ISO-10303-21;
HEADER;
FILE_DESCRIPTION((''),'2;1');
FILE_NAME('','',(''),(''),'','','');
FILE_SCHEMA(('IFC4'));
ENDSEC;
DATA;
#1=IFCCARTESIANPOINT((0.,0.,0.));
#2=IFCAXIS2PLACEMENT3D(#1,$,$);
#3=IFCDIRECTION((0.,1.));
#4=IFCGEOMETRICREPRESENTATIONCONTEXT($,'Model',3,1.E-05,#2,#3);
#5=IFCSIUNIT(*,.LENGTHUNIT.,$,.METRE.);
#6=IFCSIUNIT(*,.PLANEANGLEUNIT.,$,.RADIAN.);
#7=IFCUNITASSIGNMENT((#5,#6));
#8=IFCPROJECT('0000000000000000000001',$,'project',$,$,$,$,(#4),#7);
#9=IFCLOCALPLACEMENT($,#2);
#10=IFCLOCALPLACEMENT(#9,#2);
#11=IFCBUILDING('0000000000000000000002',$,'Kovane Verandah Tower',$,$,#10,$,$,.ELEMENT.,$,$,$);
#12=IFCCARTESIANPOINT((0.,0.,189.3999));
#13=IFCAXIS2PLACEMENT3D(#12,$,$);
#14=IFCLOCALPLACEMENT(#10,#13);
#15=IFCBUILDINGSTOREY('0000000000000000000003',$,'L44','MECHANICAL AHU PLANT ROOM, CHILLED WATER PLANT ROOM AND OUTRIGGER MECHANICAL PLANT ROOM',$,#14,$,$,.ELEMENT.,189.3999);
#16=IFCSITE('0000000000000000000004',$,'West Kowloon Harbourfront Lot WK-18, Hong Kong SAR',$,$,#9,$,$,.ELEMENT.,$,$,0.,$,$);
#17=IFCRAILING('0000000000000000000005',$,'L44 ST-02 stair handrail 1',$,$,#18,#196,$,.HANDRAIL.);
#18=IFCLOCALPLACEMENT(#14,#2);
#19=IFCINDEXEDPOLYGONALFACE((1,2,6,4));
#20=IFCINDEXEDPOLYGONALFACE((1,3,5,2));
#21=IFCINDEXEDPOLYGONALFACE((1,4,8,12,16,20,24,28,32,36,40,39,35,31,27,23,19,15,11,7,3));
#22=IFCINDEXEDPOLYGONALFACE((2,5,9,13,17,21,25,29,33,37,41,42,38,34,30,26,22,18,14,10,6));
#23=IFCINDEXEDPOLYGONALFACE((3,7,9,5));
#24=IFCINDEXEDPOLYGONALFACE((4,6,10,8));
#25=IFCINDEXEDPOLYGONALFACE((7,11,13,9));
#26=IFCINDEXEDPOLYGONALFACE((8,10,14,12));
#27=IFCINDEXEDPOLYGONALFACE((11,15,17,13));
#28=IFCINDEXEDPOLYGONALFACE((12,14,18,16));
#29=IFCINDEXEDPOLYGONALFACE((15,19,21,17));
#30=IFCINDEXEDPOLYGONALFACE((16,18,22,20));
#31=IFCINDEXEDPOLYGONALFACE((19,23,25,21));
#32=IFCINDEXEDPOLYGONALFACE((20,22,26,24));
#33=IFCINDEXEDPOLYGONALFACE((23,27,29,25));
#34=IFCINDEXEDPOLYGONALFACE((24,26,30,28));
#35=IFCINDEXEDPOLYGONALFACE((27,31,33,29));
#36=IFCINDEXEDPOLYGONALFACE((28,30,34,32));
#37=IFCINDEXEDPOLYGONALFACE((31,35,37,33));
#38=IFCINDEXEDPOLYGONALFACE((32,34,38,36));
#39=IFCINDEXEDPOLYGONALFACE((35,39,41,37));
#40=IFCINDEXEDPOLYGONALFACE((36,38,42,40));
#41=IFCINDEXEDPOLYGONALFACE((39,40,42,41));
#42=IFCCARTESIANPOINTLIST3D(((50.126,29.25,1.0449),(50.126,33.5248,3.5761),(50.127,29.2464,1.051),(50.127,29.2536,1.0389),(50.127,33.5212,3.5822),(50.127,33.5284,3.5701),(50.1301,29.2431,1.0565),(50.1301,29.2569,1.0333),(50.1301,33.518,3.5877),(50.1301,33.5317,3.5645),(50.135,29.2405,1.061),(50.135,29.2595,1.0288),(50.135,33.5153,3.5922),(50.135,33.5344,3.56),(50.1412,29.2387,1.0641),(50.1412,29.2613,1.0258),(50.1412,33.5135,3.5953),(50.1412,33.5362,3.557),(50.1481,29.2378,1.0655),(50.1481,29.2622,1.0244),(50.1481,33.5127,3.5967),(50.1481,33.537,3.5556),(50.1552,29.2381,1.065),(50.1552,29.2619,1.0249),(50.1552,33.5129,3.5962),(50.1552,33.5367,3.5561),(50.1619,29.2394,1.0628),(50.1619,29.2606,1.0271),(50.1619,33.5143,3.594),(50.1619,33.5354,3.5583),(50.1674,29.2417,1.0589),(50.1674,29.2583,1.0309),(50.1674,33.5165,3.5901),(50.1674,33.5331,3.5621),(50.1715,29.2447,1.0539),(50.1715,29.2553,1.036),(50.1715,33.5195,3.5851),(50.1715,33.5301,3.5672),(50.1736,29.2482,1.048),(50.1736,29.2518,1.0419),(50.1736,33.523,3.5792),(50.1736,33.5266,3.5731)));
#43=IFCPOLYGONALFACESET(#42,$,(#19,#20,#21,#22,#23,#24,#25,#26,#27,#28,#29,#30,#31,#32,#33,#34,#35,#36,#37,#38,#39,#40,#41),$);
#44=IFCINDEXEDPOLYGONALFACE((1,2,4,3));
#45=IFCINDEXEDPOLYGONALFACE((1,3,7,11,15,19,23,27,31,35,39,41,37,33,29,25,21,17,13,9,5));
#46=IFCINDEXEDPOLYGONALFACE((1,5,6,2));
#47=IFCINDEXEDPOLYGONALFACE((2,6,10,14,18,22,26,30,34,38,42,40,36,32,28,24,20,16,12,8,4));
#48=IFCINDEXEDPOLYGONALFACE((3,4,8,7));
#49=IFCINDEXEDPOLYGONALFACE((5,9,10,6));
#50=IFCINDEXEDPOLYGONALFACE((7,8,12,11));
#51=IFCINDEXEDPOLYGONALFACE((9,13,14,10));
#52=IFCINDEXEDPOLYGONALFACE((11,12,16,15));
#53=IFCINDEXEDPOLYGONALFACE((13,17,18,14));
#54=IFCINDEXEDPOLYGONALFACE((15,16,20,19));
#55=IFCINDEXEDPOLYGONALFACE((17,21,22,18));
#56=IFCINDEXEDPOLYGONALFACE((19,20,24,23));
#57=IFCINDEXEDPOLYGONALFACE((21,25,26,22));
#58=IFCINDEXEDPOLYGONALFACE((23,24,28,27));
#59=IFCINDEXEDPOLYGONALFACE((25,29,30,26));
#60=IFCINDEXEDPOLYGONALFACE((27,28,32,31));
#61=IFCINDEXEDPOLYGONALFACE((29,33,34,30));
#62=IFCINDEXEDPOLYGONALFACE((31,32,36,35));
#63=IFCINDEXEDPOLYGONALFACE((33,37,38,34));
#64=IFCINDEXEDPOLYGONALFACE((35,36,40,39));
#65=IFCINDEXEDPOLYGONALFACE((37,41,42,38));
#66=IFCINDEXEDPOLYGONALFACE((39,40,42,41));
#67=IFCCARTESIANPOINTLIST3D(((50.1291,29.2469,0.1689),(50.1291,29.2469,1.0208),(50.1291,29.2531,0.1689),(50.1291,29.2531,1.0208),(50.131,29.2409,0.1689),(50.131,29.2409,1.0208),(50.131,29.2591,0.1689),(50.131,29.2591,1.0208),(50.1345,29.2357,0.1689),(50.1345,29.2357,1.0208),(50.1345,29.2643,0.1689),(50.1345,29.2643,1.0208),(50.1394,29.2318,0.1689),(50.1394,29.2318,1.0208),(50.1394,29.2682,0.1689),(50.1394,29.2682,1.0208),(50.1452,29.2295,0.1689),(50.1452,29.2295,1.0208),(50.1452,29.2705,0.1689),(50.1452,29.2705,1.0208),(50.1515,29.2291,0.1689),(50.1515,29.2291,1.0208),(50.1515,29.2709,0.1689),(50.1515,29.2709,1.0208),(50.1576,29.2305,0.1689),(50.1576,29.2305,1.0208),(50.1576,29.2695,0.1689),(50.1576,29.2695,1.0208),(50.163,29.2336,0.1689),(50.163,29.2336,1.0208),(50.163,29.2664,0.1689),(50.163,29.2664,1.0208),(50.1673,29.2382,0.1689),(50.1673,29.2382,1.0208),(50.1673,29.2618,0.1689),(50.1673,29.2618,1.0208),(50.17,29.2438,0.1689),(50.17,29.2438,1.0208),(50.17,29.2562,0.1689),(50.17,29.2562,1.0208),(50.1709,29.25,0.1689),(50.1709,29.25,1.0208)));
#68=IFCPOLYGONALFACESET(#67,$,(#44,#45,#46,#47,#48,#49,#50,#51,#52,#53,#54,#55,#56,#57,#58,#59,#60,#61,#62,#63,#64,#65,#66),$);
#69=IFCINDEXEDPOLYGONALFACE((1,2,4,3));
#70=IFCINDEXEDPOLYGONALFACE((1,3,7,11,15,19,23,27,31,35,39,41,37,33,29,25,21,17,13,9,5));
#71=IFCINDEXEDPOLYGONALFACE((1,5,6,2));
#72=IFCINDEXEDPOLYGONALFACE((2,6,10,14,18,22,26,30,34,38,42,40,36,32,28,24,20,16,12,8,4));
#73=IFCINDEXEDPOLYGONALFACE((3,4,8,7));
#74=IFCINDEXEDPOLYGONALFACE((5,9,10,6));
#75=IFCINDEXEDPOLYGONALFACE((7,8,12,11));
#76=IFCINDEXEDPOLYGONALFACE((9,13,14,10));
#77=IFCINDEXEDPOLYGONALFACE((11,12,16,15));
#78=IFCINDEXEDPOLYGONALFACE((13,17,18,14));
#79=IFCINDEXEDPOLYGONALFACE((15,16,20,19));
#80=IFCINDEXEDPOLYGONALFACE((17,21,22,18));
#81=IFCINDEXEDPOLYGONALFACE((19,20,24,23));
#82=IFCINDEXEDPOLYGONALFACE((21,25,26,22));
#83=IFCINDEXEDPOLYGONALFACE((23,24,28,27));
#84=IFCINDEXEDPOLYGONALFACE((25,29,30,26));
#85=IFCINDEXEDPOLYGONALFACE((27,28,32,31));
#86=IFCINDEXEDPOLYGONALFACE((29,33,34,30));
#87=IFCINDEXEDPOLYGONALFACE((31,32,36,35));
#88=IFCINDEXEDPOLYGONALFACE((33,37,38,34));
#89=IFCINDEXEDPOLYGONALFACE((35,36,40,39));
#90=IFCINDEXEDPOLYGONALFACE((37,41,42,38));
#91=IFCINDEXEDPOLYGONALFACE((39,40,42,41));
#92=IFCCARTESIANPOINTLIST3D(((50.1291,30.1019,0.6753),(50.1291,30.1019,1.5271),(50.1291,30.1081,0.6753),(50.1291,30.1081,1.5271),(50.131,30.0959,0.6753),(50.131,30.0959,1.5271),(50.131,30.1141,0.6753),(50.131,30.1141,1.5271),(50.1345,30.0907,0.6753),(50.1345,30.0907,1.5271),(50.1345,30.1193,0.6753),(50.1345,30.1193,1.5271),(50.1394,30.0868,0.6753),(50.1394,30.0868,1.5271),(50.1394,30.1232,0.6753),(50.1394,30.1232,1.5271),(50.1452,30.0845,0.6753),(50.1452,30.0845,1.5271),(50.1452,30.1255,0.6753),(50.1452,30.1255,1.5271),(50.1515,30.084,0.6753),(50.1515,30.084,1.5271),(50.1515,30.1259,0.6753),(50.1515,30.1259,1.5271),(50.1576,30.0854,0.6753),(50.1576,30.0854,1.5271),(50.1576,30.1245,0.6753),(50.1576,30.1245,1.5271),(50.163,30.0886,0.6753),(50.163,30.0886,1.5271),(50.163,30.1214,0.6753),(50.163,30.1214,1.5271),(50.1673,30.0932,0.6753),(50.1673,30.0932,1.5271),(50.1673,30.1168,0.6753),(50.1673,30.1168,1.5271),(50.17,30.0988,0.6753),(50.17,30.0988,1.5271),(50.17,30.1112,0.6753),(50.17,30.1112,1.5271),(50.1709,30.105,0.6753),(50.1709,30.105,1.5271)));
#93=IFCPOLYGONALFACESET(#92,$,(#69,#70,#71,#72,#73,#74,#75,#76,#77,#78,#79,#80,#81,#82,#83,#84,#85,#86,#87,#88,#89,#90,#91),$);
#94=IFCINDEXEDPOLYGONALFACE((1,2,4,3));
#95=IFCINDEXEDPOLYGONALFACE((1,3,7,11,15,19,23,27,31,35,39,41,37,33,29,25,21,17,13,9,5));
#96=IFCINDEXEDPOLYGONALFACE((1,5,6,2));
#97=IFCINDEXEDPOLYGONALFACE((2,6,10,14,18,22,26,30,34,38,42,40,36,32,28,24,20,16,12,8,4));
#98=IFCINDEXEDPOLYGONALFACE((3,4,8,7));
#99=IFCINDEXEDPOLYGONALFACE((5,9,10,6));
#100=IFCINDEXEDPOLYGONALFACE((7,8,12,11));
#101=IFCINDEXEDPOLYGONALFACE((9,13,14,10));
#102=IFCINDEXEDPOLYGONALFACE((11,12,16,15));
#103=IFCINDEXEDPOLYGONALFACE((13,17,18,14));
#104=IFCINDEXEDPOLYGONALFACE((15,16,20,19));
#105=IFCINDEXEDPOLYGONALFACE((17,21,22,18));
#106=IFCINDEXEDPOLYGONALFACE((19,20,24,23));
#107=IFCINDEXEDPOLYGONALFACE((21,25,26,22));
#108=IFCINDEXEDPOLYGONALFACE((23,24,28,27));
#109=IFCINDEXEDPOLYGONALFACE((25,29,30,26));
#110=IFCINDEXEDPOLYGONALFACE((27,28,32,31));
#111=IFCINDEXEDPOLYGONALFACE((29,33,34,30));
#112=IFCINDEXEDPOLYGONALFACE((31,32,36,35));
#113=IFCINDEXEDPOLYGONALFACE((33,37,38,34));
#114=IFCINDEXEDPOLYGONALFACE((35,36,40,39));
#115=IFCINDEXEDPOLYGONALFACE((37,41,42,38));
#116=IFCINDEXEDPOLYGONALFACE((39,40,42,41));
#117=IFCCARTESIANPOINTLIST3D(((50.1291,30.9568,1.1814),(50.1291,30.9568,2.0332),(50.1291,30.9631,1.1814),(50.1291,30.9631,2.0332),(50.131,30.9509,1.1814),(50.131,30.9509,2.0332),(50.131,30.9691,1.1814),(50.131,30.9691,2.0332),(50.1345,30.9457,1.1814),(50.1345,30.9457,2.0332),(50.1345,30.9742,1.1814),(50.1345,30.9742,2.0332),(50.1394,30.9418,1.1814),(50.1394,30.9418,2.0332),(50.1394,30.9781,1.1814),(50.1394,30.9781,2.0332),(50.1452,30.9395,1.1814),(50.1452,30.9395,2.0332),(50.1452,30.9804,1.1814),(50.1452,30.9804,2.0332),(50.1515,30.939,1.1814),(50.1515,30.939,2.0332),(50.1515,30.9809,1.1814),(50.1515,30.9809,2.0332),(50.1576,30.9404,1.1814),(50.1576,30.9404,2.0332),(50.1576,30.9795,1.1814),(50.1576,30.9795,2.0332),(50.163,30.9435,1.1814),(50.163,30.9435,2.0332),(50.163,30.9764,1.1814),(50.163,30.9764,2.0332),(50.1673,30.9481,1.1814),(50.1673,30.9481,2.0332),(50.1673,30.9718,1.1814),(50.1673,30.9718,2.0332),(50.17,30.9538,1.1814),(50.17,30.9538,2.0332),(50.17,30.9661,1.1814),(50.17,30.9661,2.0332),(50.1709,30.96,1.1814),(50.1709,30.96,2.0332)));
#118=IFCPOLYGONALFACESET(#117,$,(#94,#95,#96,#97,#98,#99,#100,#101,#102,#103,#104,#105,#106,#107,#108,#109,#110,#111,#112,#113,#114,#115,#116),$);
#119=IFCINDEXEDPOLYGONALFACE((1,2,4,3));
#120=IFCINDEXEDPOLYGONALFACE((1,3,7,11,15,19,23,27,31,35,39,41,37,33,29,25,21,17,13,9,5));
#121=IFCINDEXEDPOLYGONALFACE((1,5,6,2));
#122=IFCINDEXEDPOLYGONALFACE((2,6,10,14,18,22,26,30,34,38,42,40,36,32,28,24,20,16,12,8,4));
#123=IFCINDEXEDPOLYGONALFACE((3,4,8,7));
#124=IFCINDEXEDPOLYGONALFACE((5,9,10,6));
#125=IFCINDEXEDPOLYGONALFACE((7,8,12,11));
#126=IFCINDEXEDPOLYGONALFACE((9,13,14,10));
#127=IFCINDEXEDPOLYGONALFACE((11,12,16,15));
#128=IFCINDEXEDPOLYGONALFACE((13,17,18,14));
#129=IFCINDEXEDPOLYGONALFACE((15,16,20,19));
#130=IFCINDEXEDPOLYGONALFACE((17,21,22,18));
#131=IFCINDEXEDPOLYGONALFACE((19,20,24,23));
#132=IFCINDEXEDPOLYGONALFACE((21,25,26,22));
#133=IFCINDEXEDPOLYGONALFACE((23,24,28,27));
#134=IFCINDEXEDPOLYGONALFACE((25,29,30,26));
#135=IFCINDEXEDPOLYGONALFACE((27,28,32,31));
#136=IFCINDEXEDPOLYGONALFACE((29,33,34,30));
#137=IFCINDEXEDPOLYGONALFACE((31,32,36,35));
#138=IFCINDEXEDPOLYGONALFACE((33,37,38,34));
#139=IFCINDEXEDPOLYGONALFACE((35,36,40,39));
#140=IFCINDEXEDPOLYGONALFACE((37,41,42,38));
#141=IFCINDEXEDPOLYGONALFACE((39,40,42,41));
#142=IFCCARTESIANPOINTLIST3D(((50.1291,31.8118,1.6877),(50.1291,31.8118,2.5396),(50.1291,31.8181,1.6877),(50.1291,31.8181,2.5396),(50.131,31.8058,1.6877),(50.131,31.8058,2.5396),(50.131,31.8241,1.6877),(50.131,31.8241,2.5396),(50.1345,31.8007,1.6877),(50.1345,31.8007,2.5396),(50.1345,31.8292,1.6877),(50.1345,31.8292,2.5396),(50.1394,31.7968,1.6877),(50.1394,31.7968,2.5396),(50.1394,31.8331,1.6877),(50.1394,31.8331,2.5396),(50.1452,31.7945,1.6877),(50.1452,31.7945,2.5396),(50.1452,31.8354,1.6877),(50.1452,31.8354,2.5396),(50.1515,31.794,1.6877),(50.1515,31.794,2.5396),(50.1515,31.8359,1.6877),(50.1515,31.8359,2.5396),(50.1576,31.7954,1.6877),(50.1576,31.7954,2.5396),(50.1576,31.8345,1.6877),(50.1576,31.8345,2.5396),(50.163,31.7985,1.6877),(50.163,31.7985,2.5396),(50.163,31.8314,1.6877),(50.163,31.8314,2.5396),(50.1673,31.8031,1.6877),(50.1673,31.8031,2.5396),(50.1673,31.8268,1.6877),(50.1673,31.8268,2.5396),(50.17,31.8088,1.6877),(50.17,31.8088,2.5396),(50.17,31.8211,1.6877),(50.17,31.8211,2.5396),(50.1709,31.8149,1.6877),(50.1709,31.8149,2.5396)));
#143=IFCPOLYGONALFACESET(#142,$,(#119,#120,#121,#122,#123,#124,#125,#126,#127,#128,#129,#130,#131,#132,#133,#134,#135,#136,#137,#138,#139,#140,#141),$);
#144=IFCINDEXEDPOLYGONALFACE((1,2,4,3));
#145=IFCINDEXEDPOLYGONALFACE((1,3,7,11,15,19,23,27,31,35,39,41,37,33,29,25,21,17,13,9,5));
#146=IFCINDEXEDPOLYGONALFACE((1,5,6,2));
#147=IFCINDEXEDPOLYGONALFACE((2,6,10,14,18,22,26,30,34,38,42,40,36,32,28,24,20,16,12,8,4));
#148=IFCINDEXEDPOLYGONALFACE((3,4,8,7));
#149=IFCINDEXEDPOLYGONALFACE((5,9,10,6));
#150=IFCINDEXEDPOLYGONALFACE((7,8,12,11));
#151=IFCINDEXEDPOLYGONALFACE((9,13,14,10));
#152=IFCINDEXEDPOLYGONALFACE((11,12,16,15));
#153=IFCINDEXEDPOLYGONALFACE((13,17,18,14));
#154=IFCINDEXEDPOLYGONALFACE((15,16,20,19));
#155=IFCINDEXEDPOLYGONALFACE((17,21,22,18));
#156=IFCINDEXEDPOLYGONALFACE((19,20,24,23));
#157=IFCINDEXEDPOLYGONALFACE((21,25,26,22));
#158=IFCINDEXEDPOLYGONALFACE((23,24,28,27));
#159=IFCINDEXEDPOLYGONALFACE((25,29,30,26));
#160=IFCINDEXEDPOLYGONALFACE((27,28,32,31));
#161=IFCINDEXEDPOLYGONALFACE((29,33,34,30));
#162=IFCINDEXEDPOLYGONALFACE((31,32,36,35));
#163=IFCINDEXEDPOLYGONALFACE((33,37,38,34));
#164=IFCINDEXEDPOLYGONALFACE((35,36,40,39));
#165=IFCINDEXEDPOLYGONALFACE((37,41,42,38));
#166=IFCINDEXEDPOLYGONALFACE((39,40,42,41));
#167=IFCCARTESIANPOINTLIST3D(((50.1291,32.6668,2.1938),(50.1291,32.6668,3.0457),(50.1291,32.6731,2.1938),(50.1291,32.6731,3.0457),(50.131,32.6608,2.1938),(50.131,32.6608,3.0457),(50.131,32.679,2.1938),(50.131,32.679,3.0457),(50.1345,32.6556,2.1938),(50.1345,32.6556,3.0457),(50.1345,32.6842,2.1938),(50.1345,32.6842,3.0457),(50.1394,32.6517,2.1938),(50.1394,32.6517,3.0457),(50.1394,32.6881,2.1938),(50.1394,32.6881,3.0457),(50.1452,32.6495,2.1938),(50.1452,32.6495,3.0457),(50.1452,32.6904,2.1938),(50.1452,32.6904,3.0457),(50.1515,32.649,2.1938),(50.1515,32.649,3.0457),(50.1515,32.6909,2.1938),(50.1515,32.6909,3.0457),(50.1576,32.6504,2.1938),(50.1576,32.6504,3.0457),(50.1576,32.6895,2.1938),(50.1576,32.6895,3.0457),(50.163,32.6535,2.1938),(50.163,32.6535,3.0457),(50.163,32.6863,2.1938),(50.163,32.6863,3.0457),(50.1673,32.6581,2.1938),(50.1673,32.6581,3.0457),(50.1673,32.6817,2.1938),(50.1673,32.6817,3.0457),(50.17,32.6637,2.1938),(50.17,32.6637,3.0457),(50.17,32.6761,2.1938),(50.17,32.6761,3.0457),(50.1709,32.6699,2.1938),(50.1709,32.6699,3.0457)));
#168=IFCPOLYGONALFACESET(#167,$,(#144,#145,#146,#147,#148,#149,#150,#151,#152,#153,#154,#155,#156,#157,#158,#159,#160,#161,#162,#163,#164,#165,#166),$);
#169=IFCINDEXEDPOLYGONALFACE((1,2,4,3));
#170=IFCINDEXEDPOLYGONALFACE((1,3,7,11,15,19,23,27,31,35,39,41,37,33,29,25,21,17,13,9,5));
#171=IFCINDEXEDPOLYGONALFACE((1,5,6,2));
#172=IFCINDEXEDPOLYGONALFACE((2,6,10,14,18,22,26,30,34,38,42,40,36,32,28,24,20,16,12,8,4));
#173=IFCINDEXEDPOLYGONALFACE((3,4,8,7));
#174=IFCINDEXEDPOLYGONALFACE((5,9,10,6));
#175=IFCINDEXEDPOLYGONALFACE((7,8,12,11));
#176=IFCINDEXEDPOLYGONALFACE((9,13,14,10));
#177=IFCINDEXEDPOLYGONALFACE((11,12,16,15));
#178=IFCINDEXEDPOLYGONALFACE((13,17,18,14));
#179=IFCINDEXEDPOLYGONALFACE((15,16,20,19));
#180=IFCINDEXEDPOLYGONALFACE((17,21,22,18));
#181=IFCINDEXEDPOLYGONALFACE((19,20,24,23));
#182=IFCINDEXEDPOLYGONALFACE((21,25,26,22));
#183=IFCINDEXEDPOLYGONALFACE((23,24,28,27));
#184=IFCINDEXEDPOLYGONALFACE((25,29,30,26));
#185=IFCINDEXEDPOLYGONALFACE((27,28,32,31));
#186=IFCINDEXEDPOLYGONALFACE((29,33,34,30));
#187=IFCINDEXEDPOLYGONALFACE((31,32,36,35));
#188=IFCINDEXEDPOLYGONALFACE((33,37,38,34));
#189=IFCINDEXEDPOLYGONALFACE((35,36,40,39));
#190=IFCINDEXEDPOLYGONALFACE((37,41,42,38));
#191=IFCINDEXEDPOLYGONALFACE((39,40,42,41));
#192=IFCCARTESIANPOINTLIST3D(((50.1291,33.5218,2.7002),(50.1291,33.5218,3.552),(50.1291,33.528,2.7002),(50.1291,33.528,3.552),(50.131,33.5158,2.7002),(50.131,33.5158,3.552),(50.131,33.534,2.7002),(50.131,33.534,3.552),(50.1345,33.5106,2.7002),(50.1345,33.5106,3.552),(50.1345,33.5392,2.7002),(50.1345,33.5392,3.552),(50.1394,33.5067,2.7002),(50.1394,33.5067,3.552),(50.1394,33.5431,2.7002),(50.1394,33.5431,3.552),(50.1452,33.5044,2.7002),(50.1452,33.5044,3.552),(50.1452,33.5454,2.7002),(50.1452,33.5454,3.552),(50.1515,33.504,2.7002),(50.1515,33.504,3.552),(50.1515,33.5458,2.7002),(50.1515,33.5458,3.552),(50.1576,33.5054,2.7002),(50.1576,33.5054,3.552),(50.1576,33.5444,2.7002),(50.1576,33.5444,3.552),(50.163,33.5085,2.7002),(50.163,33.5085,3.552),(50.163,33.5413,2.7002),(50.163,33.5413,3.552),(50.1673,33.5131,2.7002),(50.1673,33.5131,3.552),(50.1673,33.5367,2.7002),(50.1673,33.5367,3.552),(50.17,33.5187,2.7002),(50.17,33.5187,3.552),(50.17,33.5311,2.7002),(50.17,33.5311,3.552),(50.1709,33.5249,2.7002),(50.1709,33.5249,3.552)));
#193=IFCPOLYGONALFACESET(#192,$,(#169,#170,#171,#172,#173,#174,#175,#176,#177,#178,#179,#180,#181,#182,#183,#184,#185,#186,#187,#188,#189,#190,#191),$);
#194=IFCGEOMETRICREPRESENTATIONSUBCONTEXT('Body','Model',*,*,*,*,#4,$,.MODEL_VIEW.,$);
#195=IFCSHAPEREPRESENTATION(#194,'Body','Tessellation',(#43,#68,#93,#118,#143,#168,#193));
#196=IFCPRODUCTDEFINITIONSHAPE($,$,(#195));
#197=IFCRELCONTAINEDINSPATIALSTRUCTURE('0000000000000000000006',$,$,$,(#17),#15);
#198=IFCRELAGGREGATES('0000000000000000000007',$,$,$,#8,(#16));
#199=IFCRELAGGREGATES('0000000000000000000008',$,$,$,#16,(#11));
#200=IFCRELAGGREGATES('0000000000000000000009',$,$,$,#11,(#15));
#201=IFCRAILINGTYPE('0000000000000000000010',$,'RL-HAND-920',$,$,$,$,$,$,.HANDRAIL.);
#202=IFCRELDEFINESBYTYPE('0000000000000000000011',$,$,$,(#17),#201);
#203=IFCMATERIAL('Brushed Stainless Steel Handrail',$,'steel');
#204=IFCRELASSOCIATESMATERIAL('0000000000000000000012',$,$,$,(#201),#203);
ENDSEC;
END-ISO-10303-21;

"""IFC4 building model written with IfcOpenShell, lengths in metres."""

from ifc_helpers import new_model, si_unit, direction, frame, origin, origin_2d, place, context, subcontext, project, spatial, circle, extrude, material, type_object, element, save


model = new_model("IFC4")

# Units and contexts
model_context = context("Model", 3, precision=1e-05, world=origin(), true_north=direction((0.0, 1.0)))
body_context = subcontext(model_context, "Body", "Model", "MODEL_VIEW")
ifc_project = project(units=[si_unit("LENGTHUNIT", "METRE"), si_unit("PLANEANGLEUNIT", "RADIAN")], contexts=[model_context])

# Site, building, storey
site_placement = place(None, origin())
site = spatial("IfcSite", under=ifc_project, at=site_placement, Name="West Kowloon Harbourfront Lot WK-18, Hong Kong SAR", CompositionType="ELEMENT", RefElevation=0.0)
building_placement = place(site_placement, origin())
building = spatial("IfcBuilding", under=site, at=building_placement, Name="Kovane Verandah Tower", CompositionType="ELEMENT")
storey_placement = place(building_placement, frame((0.0, 0.0, 189.3999)))
storey = spatial("IfcBuildingStorey", under=building, at=storey_placement, Name="L44", Description="MECHANICAL AHU PLANT ROOM, CHILLED WATER PLANT ROOM AND OUTRIGGER MECHANICAL PLANT ROOM", CompositionType="ELEMENT", Elevation=189.3999)

# Railing
ifc_material_1 = material(Name="Brushed Stainless Steel Handrail", Category="steel")
railing_type_1 = type_object("IfcRailingType", Name="RL-HAND-920", PredefinedType="HANDRAIL", material=ifc_material_1)
railing_1_placement = place(storey_placement, frame((50.1499, 29.25, 0.1689)))
element("IfcRailing", 1, at=railing_1_placement, inside=storey, type_object=railing_type_1, Name="L44 ST-02 stair handrail 1", PredefinedType="HANDRAIL", context=body_context, shape_type="SweptSolid", body=[
    extrude(circle(Radius=0.0239, at=origin_2d()), frame((0.0, 0.0, 0.876), z_axis=(0.0, 0.86047, 0.509501), x_axis=(-1.0, 0.0, 0.0)), (0.0, 0.0, 1.0), 4.968),
    extrude(circle(Radius=0.021, at=origin_2d()), origin(), (0.0, 0.0, 1.0), 0.8518),
    extrude(circle(Radius=0.021, at=origin_2d()), frame((0.0, 0.855, 0.5063)), (0.0, 0.0, 1.0), 0.8518),
    extrude(circle(Radius=0.021, at=origin_2d()), frame((0.0, 1.71, 1.0125)), (0.0, 0.0, 1.0), 0.8518),
    extrude(circle(Radius=0.021, at=origin_2d()), frame((0.0, 2.5649, 1.5188)), (0.0, 0.0, 1.0), 0.8518),
    extrude(circle(Radius=0.021, at=origin_2d()), frame((0.0, 3.4199, 2.0249)), (0.0, 0.0, 1.0), 0.8518),
    extrude(circle(Radius=0.021, at=origin_2d()), frame((0.0, 4.2749, 2.5312)), (0.0, 0.0, 1.0), 0.8518),
])

save(model, "model.ifc")
